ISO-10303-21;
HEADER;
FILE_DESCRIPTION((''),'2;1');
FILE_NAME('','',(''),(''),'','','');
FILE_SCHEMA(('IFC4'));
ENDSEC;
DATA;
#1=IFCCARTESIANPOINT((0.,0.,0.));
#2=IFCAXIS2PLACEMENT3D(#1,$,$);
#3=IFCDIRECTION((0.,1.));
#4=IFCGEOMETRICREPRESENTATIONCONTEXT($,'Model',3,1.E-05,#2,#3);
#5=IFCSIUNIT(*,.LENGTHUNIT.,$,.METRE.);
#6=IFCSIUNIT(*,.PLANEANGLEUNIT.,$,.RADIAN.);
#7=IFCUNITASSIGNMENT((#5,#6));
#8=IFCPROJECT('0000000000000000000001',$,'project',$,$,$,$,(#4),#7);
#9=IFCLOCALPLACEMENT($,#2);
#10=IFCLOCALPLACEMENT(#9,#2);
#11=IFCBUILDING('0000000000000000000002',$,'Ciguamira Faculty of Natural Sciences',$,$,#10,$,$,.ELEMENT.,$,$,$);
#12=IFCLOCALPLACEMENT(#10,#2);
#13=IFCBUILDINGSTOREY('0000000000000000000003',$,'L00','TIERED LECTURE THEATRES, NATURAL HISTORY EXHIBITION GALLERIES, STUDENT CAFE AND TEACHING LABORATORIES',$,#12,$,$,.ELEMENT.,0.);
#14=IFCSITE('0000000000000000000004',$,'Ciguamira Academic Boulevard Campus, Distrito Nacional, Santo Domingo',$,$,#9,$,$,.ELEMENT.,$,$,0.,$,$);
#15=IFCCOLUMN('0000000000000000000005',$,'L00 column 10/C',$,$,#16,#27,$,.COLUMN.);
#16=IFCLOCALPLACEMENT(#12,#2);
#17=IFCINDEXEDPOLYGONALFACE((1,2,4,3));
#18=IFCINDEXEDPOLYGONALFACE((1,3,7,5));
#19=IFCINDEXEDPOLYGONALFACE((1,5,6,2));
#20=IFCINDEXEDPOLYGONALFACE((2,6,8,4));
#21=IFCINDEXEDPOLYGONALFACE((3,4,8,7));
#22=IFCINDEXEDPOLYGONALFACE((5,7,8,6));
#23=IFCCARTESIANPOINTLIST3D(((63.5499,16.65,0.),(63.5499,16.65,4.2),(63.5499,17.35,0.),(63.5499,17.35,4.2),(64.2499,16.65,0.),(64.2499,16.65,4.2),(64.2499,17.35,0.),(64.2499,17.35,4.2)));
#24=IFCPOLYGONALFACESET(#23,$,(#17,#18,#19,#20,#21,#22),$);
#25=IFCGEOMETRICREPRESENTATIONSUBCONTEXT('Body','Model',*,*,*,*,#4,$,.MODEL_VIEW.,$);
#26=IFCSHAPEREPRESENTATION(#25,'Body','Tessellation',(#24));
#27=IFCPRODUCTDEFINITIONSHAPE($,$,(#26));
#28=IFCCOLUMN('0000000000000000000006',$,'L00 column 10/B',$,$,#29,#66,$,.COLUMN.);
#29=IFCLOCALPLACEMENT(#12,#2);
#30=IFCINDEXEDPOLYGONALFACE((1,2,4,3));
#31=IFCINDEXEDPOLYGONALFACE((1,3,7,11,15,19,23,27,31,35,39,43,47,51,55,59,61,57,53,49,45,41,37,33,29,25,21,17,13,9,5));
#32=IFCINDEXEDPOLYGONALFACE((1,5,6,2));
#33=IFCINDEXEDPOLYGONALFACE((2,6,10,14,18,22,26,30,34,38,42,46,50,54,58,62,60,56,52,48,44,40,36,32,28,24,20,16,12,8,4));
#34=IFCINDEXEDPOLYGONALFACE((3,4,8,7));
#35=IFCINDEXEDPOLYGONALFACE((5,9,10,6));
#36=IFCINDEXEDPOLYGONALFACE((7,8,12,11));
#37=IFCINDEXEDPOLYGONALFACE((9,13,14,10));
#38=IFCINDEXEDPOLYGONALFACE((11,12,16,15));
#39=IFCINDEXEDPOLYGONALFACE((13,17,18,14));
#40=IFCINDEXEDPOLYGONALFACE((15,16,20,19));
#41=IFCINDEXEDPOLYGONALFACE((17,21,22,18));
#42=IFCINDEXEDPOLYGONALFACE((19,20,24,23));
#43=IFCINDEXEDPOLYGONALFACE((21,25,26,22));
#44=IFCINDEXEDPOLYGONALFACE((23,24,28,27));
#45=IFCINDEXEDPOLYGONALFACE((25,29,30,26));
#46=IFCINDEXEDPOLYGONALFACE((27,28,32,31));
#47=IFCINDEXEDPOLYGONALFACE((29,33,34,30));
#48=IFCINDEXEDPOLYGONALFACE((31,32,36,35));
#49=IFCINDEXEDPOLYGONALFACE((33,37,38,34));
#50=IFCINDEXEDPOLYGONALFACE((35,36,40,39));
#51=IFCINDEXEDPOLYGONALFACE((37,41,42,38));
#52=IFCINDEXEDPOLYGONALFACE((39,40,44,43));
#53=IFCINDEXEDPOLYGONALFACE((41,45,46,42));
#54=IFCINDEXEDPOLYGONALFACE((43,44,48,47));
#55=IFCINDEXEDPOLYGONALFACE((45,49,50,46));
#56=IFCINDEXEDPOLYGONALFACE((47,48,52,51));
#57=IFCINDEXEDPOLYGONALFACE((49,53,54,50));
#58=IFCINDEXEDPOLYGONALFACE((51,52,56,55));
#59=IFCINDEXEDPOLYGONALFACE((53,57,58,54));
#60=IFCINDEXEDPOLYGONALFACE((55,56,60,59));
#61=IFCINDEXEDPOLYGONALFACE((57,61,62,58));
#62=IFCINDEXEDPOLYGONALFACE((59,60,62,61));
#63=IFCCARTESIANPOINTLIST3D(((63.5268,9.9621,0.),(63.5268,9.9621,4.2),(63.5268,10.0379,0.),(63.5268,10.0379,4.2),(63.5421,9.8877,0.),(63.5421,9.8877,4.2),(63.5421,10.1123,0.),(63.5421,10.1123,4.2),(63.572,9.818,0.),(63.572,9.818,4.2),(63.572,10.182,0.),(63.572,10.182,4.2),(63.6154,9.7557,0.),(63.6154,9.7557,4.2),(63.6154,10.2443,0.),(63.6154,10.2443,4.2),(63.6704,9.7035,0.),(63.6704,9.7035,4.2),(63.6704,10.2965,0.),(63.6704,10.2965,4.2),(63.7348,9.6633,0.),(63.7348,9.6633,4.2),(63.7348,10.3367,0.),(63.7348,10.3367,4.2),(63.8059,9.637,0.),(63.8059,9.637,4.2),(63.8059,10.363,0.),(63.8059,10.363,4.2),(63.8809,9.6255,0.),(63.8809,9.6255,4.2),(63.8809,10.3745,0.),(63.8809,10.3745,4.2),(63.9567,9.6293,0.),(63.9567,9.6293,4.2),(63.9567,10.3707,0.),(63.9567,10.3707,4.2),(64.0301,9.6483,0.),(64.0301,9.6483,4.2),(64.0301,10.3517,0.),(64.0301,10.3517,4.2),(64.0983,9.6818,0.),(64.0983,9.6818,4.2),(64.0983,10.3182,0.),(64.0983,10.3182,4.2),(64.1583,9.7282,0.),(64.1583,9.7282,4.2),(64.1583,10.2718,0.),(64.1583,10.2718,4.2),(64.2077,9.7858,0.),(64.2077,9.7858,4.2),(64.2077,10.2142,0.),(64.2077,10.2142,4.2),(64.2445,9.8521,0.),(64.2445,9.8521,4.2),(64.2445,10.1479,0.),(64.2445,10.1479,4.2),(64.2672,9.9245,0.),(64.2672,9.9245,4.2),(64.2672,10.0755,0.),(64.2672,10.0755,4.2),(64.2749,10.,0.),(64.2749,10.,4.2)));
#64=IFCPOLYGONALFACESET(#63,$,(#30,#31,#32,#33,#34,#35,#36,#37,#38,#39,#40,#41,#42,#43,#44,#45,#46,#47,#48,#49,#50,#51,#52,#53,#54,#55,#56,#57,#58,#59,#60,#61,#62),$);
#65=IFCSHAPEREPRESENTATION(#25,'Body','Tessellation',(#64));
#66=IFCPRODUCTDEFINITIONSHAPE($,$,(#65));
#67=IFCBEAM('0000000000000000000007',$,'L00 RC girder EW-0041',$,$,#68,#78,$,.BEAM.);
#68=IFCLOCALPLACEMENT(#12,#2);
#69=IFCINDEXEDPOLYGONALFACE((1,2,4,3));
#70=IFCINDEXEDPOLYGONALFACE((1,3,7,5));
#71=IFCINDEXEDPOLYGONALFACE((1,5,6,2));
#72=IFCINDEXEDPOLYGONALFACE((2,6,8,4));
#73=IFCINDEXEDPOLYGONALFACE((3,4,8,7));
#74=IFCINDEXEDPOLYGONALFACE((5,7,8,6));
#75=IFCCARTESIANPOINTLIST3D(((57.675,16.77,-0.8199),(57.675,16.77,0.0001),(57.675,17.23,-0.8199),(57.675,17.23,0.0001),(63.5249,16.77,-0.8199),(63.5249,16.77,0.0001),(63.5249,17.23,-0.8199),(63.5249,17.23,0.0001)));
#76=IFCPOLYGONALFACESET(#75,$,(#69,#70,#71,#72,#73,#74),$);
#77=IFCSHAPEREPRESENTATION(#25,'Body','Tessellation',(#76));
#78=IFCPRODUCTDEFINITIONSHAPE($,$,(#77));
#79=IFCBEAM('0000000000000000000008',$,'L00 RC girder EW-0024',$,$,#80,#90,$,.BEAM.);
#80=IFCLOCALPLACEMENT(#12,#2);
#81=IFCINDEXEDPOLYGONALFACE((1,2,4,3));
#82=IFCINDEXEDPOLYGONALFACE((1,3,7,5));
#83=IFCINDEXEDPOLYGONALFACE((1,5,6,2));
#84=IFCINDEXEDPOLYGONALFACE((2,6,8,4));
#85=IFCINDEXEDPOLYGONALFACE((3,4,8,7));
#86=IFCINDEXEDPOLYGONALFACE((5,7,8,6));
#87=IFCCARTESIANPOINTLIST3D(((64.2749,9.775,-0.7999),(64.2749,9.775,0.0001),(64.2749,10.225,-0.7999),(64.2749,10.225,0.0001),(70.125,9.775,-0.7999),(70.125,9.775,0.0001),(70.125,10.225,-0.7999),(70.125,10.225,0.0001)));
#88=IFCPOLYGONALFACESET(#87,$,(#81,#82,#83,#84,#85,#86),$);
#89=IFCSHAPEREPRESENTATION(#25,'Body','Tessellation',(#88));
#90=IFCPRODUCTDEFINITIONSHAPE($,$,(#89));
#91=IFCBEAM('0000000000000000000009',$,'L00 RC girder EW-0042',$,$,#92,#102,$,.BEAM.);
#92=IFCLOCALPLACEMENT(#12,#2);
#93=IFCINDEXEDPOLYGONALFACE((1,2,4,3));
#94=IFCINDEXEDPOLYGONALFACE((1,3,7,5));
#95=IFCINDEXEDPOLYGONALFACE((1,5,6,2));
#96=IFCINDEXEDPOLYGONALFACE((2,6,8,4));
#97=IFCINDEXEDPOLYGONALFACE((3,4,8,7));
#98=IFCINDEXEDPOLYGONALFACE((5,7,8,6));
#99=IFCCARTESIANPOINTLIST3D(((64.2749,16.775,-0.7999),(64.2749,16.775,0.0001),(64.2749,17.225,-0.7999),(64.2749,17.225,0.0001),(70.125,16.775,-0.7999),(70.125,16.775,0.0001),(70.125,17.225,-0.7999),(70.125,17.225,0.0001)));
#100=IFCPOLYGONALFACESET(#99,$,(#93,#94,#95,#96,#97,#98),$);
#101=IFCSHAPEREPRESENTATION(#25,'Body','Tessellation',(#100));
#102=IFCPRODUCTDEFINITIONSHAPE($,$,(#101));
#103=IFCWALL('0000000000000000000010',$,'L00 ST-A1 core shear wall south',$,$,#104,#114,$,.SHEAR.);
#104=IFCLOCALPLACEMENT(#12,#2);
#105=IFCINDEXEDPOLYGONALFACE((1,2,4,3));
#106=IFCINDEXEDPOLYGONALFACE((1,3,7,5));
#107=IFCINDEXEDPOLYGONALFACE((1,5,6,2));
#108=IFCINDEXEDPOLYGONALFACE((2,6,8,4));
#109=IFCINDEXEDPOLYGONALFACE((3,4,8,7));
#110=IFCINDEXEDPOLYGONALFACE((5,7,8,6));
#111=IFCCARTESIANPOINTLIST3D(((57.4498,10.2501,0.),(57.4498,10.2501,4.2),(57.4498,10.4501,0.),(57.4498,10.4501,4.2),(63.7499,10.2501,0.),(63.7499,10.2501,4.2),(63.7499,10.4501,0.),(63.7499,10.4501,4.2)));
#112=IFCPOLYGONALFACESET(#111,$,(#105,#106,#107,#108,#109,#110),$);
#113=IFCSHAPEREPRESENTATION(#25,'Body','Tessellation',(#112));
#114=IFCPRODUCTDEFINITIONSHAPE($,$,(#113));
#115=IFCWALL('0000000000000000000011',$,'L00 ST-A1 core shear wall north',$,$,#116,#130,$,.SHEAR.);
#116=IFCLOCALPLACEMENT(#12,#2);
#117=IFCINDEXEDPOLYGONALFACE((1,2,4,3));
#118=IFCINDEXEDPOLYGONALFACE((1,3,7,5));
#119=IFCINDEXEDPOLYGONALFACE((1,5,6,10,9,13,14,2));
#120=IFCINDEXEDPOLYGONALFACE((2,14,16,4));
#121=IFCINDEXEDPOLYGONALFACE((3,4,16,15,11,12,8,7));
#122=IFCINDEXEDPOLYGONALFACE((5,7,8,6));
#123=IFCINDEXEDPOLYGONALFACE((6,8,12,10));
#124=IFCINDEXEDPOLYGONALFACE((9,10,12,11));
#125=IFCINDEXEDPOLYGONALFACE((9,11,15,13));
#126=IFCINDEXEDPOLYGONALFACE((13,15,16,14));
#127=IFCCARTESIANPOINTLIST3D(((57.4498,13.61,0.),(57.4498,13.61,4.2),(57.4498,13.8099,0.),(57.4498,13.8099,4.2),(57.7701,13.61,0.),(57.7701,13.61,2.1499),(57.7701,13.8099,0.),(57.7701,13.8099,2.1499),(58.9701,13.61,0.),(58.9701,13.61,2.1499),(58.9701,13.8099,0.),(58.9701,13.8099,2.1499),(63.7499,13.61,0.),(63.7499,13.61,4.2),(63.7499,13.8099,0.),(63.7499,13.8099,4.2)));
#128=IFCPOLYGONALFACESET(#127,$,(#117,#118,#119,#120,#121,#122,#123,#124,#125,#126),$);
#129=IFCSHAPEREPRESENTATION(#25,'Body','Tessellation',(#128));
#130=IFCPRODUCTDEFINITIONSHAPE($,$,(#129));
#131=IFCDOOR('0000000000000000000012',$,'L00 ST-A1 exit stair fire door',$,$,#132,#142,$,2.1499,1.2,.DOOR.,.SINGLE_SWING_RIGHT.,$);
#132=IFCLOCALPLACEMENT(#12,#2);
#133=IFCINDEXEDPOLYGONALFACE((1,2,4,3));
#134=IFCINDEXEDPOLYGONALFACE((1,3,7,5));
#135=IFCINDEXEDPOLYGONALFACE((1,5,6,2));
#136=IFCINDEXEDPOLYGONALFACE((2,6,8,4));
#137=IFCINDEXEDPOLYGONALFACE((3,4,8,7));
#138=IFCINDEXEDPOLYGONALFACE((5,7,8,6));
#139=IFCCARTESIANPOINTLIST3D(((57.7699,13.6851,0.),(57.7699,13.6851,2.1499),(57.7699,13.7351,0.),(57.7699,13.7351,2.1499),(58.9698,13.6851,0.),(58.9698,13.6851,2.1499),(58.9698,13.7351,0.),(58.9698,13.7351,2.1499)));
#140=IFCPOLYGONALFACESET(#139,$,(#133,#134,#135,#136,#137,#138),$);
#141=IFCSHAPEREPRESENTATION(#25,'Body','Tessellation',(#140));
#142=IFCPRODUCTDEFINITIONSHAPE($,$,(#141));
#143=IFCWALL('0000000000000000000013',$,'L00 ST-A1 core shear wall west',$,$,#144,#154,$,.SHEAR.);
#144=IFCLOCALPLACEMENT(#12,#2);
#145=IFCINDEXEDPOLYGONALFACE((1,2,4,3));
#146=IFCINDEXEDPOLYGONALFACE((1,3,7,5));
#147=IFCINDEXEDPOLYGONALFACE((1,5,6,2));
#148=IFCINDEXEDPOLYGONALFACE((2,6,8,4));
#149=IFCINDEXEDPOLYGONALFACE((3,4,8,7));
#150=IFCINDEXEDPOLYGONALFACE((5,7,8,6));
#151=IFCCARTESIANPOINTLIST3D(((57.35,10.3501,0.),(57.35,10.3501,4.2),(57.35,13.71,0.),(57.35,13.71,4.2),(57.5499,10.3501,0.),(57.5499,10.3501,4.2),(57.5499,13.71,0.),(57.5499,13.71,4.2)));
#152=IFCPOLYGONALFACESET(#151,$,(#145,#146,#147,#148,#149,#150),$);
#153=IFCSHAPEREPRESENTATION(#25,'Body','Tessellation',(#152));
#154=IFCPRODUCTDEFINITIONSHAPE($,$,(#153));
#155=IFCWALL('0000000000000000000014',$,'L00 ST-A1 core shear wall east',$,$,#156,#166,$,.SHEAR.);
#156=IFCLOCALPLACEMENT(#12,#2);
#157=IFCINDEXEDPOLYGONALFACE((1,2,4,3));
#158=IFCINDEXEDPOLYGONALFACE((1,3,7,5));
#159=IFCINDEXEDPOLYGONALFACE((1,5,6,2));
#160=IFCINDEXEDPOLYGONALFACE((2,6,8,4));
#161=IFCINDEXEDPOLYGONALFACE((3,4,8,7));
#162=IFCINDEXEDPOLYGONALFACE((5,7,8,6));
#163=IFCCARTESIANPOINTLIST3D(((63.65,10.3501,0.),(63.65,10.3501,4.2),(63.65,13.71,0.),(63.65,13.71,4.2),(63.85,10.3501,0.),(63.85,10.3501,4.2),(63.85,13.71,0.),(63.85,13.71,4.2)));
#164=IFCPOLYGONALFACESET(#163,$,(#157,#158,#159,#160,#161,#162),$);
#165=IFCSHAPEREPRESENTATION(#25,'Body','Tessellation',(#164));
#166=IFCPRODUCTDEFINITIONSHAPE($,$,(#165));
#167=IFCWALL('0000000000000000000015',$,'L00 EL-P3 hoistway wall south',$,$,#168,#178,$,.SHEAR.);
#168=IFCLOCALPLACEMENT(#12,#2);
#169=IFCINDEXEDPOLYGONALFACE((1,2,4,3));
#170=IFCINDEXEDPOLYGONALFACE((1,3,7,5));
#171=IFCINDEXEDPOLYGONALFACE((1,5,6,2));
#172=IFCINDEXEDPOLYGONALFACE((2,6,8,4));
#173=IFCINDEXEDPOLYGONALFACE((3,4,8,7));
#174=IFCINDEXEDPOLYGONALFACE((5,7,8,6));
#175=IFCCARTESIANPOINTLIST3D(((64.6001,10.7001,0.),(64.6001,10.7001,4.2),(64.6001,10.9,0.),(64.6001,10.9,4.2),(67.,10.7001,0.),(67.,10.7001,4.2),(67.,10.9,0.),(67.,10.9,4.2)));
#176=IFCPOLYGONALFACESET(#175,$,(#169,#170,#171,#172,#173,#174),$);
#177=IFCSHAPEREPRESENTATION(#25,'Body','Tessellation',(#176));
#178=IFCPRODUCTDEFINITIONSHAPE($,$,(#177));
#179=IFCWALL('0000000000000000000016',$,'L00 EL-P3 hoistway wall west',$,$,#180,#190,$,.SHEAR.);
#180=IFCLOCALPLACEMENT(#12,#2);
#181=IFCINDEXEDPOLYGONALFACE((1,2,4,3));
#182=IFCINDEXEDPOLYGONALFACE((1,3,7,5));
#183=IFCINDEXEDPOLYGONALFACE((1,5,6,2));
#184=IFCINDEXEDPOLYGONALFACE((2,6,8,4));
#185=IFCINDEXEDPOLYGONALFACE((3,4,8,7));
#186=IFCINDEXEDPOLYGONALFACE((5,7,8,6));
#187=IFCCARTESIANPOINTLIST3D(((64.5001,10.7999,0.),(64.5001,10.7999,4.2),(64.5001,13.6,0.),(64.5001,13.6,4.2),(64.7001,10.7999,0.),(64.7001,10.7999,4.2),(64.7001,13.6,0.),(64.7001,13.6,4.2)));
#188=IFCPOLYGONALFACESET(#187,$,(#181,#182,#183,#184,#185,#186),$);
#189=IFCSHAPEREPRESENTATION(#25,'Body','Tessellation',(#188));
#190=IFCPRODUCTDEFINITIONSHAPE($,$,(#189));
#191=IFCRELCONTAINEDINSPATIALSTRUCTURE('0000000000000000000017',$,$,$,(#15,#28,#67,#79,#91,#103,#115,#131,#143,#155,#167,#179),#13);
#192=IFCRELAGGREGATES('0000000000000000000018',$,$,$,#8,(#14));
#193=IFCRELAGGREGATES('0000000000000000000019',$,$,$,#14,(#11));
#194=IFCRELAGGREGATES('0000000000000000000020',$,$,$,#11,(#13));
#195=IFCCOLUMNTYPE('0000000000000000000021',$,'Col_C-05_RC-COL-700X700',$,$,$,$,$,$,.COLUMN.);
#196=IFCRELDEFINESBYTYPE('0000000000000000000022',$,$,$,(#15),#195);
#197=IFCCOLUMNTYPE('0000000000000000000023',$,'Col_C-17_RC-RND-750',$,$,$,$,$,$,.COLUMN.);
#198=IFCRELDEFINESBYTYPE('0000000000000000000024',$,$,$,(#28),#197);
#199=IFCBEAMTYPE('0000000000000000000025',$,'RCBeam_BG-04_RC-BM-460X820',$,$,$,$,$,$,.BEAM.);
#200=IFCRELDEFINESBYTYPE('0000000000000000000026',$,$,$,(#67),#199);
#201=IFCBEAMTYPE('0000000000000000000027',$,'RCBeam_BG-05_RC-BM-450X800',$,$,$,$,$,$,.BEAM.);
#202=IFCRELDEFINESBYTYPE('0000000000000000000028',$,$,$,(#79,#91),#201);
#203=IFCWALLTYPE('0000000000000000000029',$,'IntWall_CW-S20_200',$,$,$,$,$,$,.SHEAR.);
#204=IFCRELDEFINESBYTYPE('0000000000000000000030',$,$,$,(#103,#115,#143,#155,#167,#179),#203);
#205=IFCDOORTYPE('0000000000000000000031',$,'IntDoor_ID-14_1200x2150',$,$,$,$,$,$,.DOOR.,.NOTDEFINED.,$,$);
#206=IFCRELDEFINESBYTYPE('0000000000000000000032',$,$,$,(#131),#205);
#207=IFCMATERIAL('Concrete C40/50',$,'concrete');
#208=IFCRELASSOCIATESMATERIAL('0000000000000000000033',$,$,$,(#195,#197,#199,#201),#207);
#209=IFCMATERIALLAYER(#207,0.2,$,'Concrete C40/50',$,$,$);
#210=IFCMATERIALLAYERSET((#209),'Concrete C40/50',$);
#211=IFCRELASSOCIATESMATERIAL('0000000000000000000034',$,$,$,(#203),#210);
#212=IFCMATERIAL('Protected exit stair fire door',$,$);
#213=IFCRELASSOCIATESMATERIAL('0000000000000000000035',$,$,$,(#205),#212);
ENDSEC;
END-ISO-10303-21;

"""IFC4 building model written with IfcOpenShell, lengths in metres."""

from ifc_helpers import new_model, si_unit, direction, frame, frame_2d, origin, origin_2d, place, context, subcontext, project, spatial, rectangle, circle, extrude, material, layer, layer_set, material_profile, profile_set, type_object, element, fill, save


model = new_model("IFC4")

# Units and contexts
model_context = context("Model", 3, precision=1e-05, world=origin(), true_north=direction((0.0, 1.0)))
body_context = subcontext(model_context, "Body", "Model", "MODEL_VIEW")
ifc_project = project(units=[si_unit("LENGTHUNIT", "METRE"), si_unit("PLANEANGLEUNIT", "RADIAN")], contexts=[model_context])

# Site, building, storey
site_placement = place(None, origin())
site = spatial("IfcSite", under=ifc_project, at=site_placement, Name="Ciguamira Academic Boulevard Campus, Distrito Nacional, Santo Domingo", CompositionType="ELEMENT", RefElevation=0.0)
building_placement = place(site_placement, origin())
building = spatial("IfcBuilding", under=site, at=building_placement, Name="Ciguamira Faculty of Natural Sciences", CompositionType="ELEMENT")
storey_placement = place(building_placement, origin())
storey = spatial("IfcBuildingStorey", under=building, at=storey_placement, Name="L00", Description="TIERED LECTURE THEATRES, NATURAL HISTORY EXHIBITION GALLERIES, STUDENT CAFE AND TEACHING LABORATORIES", CompositionType="ELEMENT", Elevation=0.0)

# Columns
ifc_material_1 = material(Name="Concrete C40/50", Category="concrete")
ifc_material_profile_1 = material_profile(ifc_material_1, rectangle(XDim=0.7, YDim=0.7, at=origin_2d()), Name="RC-COL-700X700")
ifc_profile_set_1 = profile_set([ifc_material_profile_1], Name="Concrete C40/50")
column_type_1 = type_object("IfcColumnType", Name="Col_C-05_RC-COL-700X700", PredefinedType="COLUMN", material=ifc_profile_set_1)
column_1_placement = place(storey_placement, frame((63.8999, 17.0, 0.0), z_axis=(0.0, 0.0, 1.0), x_axis=(1.0, 0.0, 0.0)))
element("IfcColumn", 1, at=column_1_placement, inside=storey, type_object=column_type_1, Name="L00 column 10/C", PredefinedType="COLUMN", context=body_context, shape_type="SweptSolid", body=[
    extrude(rectangle(XDim=0.7, YDim=0.7, at=origin_2d()), origin(), (0.0, 0.0, 1.0), 4.2),
])
ifc_material_profile_2 = material_profile(ifc_material_1, circle(Radius=0.375, at=origin_2d()), Name="RC-RND-750")
ifc_profile_set_2 = profile_set([ifc_material_profile_2], Name="Concrete C40/50")
column_type_2 = type_object("IfcColumnType", Name="Col_C-17_RC-RND-750", PredefinedType="COLUMN", material=ifc_profile_set_2)
column_2_placement = place(storey_placement, frame((63.8999, 10.0, 0.0), z_axis=(0.0, 0.0, 1.0), x_axis=(1.0, 0.0, 0.0)))
element("IfcColumn", 2, at=column_2_placement, inside=storey, type_object=column_type_2, Name="L00 column 10/B", PredefinedType="COLUMN", context=body_context, shape_type="SweptSolid", body=[
    extrude(circle(Radius=0.375, at=origin_2d()), origin(), (0.0, 0.0, 1.0), 4.2),
])

# Beams
ifc_material_profile_3 = material_profile(ifc_material_1, rectangle(XDim=0.46, YDim=0.8201, at=origin_2d()), Name="RC-BM-460X820")
ifc_profile_set_3 = profile_set([ifc_material_profile_3], Name="Concrete C40/50")
beam_type_1 = type_object("IfcBeamType", Name="RCBeam_BG-04_RC-BM-460X820", PredefinedType="BEAM", material=ifc_profile_set_3)
beam_placement = place(storey_placement, frame((57.675, 17.0, -0.4099), z_axis=(1.0, 0.0, 0.0), x_axis=(0.0, 1.0, 0.0)))
element("IfcBeam", 3, at=beam_placement, inside=storey, type_object=beam_type_1, Name="L00 RC girder EW-0041", PredefinedType="BEAM", context=body_context, shape_type="SweptSolid", body=[
    extrude(rectangle(XDim=0.46, YDim=0.8201, at=origin_2d()), origin(), (0.0, 0.0, 1.0), 5.8499),
])
ifc_material_profile_4 = material_profile(ifc_material_1, rectangle(XDim=0.45, YDim=0.8, at=origin_2d()), Name="RC-BM-450X800")
ifc_profile_set_4 = profile_set([ifc_material_profile_4], Name="Concrete C40/50")
beam_type_2 = type_object("IfcBeamType", Name="RCBeam_BG-05_RC-BM-450X800", PredefinedType="BEAM", material=ifc_profile_set_4)
for number, where, z_axis, x_axis, name in (
    (4, (64.2749, 10.0, -0.3999), (1.0, 0.0, 0.0), (0.0, 1.0, 0.0), "L00 RC girder EW-0024"),
    (5, (64.2749, 17.0, -0.3999), (1.0, 0.0, 0.0), (0.0, 1.0, 0.0), "L00 RC girder EW-0042"),
):
    element("IfcBeam", number, at=place(storey_placement, frame(where, z_axis=z_axis, x_axis=x_axis)), inside=storey, type_object=beam_type_2, Name=name, PredefinedType="BEAM", context=body_context, shape_type="SweptSolid", body=[
        extrude(rectangle(XDim=0.45, YDim=0.8, at=origin_2d()), origin(), (0.0, 0.0, 1.0), 5.8501),
    ])

# Wall
ifc_layer = layer(ifc_material_1, 0.2, Name="Concrete C40/50")
ifc_layer_set = layer_set([ifc_layer], Name="Concrete C40/50")
wall_type = type_object("IfcWallType", Name="IntWall_CW-S20_200", PredefinedType="SHEAR", material=ifc_layer_set)
wall_1_placement = place(storey_placement, frame((57.45, 10.3501, 0.0), z_axis=(0.0, 0.0, 1.0), x_axis=(1.0, 0.0, 0.0)))
element("IfcWall", 6, at=wall_1_placement, inside=storey, type_object=wall_type, Name="L00 ST-A1 core shear wall south", PredefinedType="SHEAR", context=body_context, shape_type="SweptSolid", body=[
    extrude(rectangle(XDim=6.3, YDim=0.2, at=frame_2d((3.1499, 0.0))), origin(), (0.0, 0.0, 1.0), 4.2),
])

# Wall, opening, door
wall_2_placement = place(storey_placement, frame((57.45, 13.71, 0.0), z_axis=(0.0, 0.0, 1.0), x_axis=(1.0, 0.0, 0.0)))
wall_2 = element("IfcWall", 7, at=wall_2_placement, inside=storey, type_object=wall_type, Name="L00 ST-A1 core shear wall north", PredefinedType="SHEAR", context=body_context, shape_type="SweptSolid", body=[
    extrude(rectangle(XDim=6.3, YDim=0.2, at=frame_2d((3.1499, 0.0))), origin(), (0.0, 0.0, 1.0), 4.2),
])
opening_1_placement = place(wall_2_placement, frame((0.3201, 0.0, 0.0)))
opening_1 = element("IfcOpeningElement", 8, at=opening_1_placement, cuts=wall_2, PredefinedType="OPENING", context=body_context, shape_type="SweptSolid", body=[
    extrude(rectangle(XDim=1.2, YDim=2.1499, at=frame_2d((0.6001, 1.075))), frame((0.0, 0.1099, 0.0), z_axis=(0.0, -1.0, 0.0), x_axis=(1.0, 0.0, 0.0)), (0.0, 0.0, 1.0), 0.22),
])
ifc_material_2 = material(Name="Protected exit stair fire door")
door_type_1 = type_object("IfcDoorType", Name="IntDoor_ID-14_1200x2150", OperationType="NOTDEFINED", PredefinedType="DOOR", material=ifc_material_2)
door_1_placement = place(opening_1_placement, frame((1.2, 0.0, 0.0), z_axis=(0.0, 0.0, 1.0), x_axis=(-1.0, 0.0, 0.0)))
door_1 = element("IfcDoor", 9, at=door_1_placement, inside=storey, type_object=door_type_1, Name="L00 ST-A1 exit stair fire door", OperationType="SINGLE_SWING_RIGHT", OverallHeight=2.1499, OverallWidth=1.2, PredefinedType="DOOR", context=body_context, shape_type="SweptSolid", body=[
    extrude(rectangle(XDim=1.2, YDim=2.1499, at=frame_2d((0.6001, 1.075))), frame((0.0, 0.0249, 0.0), z_axis=(0.0, -1.0, 0.0), x_axis=(1.0, 0.0, 0.0)), (0.0, 0.0, 1.0), 0.05),
])
fill(opening_1, door_1)

# Walls
for number, where, z_axis, x_axis, name in (
    (10, (57.45, 10.3501, 0.0), (0.0, 0.0, 1.0), (0.0, 1.0, 0.0), "L00 ST-A1 core shear wall west"),
    (11, (63.75, 10.3501, 0.0), (0.0, 0.0, 1.0), (0.0, 1.0, 0.0), "L00 ST-A1 core shear wall east"),
):
    element("IfcWall", number, at=place(storey_placement, frame(where, z_axis=z_axis, x_axis=x_axis)), inside=storey, type_object=wall_type, Name=name, PredefinedType="SHEAR", context=body_context, shape_type="SweptSolid", body=[
        extrude(rectangle(XDim=3.3599, YDim=0.2, at=frame_2d((1.6799, 0.0))), origin(), (0.0, 0.0, 1.0), 4.2),
    ])
wall_3_placement = place(storey_placement, frame((64.6001, 10.8, 0.0), z_axis=(0.0, 0.0, 1.0), x_axis=(1.0, 0.0, 0.0)))
element("IfcWall", 12, at=wall_3_placement, inside=storey, type_object=wall_type, Name="L00 EL-P3 hoistway wall south", PredefinedType="SHEAR", context=body_context, shape_type="SweptSolid", body=[
    extrude(rectangle(XDim=2.3999, YDim=0.2, at=frame_2d((1.2, 0.0))), origin(), (0.0, 0.0, 1.0), 4.2),
])

# Wall
wall_4_placement = place(storey_placement, frame((64.6001, 10.8, 0.0), z_axis=(0.0, 0.0, 1.0), x_axis=(0.0, 1.0, 0.0)))
element("IfcWall", 13, at=wall_4_placement, inside=storey, type_object=wall_type, Name="L00 EL-P3 hoistway wall west", PredefinedType="SHEAR", context=body_context, shape_type="SweptSolid", body=[
    extrude(rectangle(XDim=2.8, YDim=0.2, at=frame_2d((1.3999, 0.0))), origin(), (0.0, 0.0, 1.0), 4.2),
])

save(model, "model.ifc")
